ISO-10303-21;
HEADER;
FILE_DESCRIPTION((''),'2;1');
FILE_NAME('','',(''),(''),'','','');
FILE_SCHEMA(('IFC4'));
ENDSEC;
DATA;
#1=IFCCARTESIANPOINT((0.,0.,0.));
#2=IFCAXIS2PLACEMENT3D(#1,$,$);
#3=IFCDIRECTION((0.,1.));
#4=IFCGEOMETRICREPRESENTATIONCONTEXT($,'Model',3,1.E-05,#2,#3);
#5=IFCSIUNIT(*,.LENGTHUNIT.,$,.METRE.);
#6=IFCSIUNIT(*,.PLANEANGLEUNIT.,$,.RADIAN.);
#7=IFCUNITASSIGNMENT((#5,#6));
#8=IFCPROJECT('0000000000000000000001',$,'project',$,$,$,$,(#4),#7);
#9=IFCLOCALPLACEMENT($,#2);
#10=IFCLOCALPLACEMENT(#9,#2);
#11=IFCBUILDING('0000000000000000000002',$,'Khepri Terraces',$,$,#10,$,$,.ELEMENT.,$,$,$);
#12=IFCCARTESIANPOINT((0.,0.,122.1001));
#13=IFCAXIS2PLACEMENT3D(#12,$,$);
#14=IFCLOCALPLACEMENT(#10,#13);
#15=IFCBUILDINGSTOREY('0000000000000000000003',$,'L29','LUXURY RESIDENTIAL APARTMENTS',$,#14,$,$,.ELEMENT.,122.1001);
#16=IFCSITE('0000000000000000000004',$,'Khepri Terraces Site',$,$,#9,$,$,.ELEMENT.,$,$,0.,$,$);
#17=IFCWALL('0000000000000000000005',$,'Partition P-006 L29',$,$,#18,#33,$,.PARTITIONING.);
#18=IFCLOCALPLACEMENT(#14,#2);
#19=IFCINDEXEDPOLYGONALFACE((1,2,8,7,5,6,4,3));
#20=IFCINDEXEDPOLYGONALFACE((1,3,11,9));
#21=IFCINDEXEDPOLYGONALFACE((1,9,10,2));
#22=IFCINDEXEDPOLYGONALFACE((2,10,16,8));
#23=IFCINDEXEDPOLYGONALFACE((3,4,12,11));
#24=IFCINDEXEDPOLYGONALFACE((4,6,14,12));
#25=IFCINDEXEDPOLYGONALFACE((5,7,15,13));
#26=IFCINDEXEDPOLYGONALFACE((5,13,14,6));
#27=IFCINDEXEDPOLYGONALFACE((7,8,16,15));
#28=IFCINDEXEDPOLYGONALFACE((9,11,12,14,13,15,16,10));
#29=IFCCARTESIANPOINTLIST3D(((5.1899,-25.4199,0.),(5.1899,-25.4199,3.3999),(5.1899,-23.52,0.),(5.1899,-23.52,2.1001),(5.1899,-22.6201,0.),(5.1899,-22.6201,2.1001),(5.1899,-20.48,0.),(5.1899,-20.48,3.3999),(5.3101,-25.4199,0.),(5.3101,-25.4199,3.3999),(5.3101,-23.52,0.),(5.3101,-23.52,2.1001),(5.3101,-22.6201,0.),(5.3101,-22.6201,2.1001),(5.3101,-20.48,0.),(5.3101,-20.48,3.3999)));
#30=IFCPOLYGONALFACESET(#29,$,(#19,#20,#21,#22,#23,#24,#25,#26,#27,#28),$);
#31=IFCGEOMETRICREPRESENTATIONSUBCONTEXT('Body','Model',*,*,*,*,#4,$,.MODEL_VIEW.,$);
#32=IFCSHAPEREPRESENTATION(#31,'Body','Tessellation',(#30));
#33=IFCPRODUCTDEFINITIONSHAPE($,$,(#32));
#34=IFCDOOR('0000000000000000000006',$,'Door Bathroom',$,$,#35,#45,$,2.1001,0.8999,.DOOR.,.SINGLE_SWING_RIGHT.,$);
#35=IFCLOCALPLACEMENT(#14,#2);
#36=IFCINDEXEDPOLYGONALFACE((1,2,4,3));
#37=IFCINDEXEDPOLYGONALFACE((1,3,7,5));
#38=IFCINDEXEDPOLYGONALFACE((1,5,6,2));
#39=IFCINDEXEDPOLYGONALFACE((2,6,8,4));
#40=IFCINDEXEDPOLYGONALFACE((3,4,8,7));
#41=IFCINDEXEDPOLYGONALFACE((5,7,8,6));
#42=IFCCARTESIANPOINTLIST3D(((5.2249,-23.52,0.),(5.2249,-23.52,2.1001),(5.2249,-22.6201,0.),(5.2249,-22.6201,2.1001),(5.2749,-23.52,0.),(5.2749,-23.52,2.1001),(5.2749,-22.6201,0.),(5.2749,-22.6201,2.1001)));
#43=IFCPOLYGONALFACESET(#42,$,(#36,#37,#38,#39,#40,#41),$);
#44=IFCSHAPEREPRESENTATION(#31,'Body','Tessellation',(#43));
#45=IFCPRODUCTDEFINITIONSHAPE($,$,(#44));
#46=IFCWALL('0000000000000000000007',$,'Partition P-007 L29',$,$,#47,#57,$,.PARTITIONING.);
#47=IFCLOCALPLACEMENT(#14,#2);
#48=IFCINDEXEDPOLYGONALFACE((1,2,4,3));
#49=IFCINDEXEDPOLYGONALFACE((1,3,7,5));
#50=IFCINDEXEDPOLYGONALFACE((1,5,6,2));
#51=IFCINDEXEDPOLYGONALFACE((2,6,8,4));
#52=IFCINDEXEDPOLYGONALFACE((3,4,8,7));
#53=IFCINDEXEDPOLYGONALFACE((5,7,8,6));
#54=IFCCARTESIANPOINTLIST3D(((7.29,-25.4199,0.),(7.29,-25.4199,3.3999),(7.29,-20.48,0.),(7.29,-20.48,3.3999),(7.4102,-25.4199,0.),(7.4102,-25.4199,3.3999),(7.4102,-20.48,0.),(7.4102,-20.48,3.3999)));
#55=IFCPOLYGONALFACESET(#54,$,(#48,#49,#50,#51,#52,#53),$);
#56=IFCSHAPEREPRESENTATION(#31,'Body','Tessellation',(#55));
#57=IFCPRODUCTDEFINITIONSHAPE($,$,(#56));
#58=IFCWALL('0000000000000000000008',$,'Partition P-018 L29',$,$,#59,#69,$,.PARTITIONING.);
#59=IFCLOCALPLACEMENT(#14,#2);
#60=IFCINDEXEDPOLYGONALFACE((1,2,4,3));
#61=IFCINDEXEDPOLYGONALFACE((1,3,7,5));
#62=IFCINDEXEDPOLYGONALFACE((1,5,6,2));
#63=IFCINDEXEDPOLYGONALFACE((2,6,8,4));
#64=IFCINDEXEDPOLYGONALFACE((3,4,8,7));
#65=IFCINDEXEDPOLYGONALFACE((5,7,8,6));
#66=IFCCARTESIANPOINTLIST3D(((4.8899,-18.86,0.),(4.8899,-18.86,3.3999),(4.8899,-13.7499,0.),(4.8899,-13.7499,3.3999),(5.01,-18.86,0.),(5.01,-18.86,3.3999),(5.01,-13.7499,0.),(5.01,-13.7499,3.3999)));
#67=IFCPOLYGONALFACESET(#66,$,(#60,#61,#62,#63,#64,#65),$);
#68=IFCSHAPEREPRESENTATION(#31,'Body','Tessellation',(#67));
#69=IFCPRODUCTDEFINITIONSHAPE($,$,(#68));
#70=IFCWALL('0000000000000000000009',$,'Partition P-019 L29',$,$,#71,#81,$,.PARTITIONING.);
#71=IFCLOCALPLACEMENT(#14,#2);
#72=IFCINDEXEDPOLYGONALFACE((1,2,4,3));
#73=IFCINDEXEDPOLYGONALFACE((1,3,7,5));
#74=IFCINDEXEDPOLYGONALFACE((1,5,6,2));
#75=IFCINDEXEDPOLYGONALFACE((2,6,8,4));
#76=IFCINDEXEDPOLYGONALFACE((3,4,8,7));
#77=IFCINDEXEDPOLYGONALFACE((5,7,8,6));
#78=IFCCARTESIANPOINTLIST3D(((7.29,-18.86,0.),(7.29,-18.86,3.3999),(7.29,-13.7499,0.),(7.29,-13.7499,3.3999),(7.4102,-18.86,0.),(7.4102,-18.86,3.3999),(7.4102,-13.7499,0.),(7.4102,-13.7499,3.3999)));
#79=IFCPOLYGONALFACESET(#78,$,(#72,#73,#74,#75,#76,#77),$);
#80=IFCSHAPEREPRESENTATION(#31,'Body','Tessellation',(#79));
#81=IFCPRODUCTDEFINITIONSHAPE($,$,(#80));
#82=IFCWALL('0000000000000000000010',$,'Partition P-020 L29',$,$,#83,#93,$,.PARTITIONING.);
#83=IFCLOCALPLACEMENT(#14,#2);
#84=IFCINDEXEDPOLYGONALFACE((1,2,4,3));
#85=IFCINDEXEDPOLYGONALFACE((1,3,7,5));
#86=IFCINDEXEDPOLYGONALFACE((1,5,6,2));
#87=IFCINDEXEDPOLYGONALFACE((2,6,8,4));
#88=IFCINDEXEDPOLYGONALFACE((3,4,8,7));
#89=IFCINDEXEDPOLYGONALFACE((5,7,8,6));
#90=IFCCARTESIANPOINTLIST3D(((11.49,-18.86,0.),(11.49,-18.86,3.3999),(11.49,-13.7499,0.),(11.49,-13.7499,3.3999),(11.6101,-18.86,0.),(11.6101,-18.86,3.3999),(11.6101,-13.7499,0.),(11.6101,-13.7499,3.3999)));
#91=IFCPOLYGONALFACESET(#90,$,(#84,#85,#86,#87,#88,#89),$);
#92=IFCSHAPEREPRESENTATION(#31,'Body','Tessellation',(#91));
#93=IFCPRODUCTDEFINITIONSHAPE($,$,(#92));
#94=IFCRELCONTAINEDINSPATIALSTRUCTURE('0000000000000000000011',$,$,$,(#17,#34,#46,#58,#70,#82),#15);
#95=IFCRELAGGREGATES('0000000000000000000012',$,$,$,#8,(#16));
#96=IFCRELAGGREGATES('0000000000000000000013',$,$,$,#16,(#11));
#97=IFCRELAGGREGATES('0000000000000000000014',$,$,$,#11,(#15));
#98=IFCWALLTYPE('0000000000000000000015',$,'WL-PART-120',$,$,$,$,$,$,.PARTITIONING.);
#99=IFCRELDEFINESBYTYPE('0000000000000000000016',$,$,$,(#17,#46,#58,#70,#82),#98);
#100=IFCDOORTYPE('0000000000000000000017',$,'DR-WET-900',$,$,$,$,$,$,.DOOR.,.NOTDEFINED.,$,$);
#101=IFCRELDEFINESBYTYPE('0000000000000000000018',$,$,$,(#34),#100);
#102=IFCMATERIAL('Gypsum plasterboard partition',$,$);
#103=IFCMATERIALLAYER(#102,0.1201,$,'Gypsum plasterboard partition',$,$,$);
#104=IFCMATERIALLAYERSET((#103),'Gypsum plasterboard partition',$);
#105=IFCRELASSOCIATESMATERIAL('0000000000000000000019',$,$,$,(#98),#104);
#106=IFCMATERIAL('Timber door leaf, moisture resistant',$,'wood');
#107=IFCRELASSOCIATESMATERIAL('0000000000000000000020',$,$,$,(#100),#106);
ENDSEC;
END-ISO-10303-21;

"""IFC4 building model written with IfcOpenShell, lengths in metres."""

from ifc_helpers import new_model, si_unit, direction, frame, frame_2d, origin, place, context, subcontext, project, spatial, rectangle, extrude, material, layer, layer_set, type_object, element, fill, save


model = new_model("IFC4")

# Units and contexts
model_context = context("Model", 3, precision=1e-05, world=origin(), true_north=direction((0.0, 1.0)))
body_context = subcontext(model_context, "Body", "Model", "MODEL_VIEW")
ifc_project = project(units=[si_unit("LENGTHUNIT", "METRE"), si_unit("PLANEANGLEUNIT", "RADIAN")], contexts=[model_context])

# Site, building, storey
site_placement = place(None, origin())
site = spatial("IfcSite", under=ifc_project, at=site_placement, Name="Khepri Terraces Site", CompositionType="ELEMENT", RefElevation=0.0)
building_placement = place(site_placement, origin())
building = spatial("IfcBuilding", under=site, at=building_placement, Name="Khepri Terraces", CompositionType="ELEMENT")
storey_placement = place(building_placement, frame((0.0, 0.0, 122.1001)))
storey = spatial("IfcBuildingStorey", under=building, at=storey_placement, Name="L29", Description="LUXURY RESIDENTIAL APARTMENTS", CompositionType="ELEMENT", Elevation=122.1001)

# Wall, opening, door
ifc_material_1 = material(Name="Gypsum plasterboard partition")
ifc_layer_1 = layer(ifc_material_1, 0.1201, Name="Gypsum plasterboard partition")
ifc_layer_set_1 = layer_set([ifc_layer_1], Name="Gypsum plasterboard partition")
wall_type_1 = type_object("IfcWallType", Name="WL-PART-120", PredefinedType="PARTITIONING", material=ifc_layer_set_1)
wall_1_placement = place(storey_placement, frame((5.25, -25.4199, 0.0), z_axis=(0.0, 0.0, 1.0), x_axis=(0.0, 1.0, 0.0)))
wall_1 = element("IfcWall", 1, at=wall_1_placement, inside=storey, type_object=wall_type_1, Name="Partition P-006 L29", PredefinedType="PARTITIONING", context=body_context, shape_type="SweptSolid", body=[
    extrude(rectangle(XDim=4.9399, YDim=0.1201, at=frame_2d((2.47, 0.0))), origin(), (0.0, 0.0, 1.0), 3.3999),
])
opening_1_placement = place(wall_1_placement, frame((1.8999, 0.0, 0.0)))
opening_1 = element("IfcOpeningElement", 2, at=opening_1_placement, cuts=wall_1, PredefinedType="OPENING", context=body_context, shape_type="SweptSolid", body=[
    extrude(rectangle(XDim=0.8999, YDim=2.1001, at=frame_2d((0.45, 1.05))), frame((0.0, 0.0701, 0.0), z_axis=(0.0, -1.0, 0.0), x_axis=(1.0, 0.0, 0.0)), (0.0, 0.0, 1.0), 0.1401),
])
ifc_material_2 = material(Name="Timber door leaf, moisture resistant", Category="wood")
door_type_1 = type_object("IfcDoorType", Name="DR-WET-900", OperationType="NOTDEFINED", PredefinedType="DOOR", material=ifc_material_2)
door_1_placement = place(opening_1_placement, frame((0.8999, 0.0, 0.0), z_axis=(0.0, 0.0, 1.0), x_axis=(-1.0, 0.0, 0.0)))
door_1 = element("IfcDoor", 3, at=door_1_placement, inside=storey, type_object=door_type_1, Name="Door Bathroom", OperationType="SINGLE_SWING_RIGHT", OverallHeight=2.1001, OverallWidth=0.8999, PredefinedType="DOOR", context=body_context, shape_type="SweptSolid", body=[
    extrude(rectangle(XDim=0.8999, YDim=2.1001, at=frame_2d((0.45, 1.05))), frame((0.0, 0.0249, 0.0), z_axis=(0.0, -1.0, 0.0), x_axis=(1.0, 0.0, 0.0)), (0.0, 0.0, 1.0), 0.05),
])
fill(opening_1, door_1)

# Walls
wall_2_placement = place(storey_placement, frame((7.3501, -25.4199, 0.0), z_axis=(0.0, 0.0, 1.0), x_axis=(0.0, 1.0, 0.0)))
element("IfcWall", 4, at=wall_2_placement, inside=storey, type_object=wall_type_1, Name="Partition P-007 L29", PredefinedType="PARTITIONING", context=body_context, shape_type="SweptSolid", body=[
    extrude(rectangle(XDim=4.9399, YDim=0.1201, at=frame_2d((2.47, 0.0))), origin(), (0.0, 0.0, 1.0), 3.3999),
])
for number, where, z_axis, x_axis, name in (
    (5, (4.95, -18.8601, 0.0), (0.0, 0.0, 1.0), (0.0, 1.0, 0.0), "Partition P-018 L29"),
    (6, (7.3501, -18.8601, 0.0), (0.0, 0.0, 1.0), (0.0, 1.0, 0.0), "Partition P-019 L29"),
    (7, (11.55, -18.8601, 0.0), (0.0, 0.0, 1.0), (0.0, 1.0, 0.0), "Partition P-020 L29"),
):
    element("IfcWall", number, at=place(storey_placement, frame(where, z_axis=z_axis, x_axis=x_axis)), inside=storey, type_object=wall_type_1, Name=name, PredefinedType="PARTITIONING", context=body_context, shape_type="SweptSolid", body=[
        extrude(rectangle(XDim=5.1101, YDim=0.1201, at=frame_2d((2.5552, 0.0))), origin(), (0.0, 0.0, 1.0), 3.3999),
    ])

save(model, "model.ifc")
